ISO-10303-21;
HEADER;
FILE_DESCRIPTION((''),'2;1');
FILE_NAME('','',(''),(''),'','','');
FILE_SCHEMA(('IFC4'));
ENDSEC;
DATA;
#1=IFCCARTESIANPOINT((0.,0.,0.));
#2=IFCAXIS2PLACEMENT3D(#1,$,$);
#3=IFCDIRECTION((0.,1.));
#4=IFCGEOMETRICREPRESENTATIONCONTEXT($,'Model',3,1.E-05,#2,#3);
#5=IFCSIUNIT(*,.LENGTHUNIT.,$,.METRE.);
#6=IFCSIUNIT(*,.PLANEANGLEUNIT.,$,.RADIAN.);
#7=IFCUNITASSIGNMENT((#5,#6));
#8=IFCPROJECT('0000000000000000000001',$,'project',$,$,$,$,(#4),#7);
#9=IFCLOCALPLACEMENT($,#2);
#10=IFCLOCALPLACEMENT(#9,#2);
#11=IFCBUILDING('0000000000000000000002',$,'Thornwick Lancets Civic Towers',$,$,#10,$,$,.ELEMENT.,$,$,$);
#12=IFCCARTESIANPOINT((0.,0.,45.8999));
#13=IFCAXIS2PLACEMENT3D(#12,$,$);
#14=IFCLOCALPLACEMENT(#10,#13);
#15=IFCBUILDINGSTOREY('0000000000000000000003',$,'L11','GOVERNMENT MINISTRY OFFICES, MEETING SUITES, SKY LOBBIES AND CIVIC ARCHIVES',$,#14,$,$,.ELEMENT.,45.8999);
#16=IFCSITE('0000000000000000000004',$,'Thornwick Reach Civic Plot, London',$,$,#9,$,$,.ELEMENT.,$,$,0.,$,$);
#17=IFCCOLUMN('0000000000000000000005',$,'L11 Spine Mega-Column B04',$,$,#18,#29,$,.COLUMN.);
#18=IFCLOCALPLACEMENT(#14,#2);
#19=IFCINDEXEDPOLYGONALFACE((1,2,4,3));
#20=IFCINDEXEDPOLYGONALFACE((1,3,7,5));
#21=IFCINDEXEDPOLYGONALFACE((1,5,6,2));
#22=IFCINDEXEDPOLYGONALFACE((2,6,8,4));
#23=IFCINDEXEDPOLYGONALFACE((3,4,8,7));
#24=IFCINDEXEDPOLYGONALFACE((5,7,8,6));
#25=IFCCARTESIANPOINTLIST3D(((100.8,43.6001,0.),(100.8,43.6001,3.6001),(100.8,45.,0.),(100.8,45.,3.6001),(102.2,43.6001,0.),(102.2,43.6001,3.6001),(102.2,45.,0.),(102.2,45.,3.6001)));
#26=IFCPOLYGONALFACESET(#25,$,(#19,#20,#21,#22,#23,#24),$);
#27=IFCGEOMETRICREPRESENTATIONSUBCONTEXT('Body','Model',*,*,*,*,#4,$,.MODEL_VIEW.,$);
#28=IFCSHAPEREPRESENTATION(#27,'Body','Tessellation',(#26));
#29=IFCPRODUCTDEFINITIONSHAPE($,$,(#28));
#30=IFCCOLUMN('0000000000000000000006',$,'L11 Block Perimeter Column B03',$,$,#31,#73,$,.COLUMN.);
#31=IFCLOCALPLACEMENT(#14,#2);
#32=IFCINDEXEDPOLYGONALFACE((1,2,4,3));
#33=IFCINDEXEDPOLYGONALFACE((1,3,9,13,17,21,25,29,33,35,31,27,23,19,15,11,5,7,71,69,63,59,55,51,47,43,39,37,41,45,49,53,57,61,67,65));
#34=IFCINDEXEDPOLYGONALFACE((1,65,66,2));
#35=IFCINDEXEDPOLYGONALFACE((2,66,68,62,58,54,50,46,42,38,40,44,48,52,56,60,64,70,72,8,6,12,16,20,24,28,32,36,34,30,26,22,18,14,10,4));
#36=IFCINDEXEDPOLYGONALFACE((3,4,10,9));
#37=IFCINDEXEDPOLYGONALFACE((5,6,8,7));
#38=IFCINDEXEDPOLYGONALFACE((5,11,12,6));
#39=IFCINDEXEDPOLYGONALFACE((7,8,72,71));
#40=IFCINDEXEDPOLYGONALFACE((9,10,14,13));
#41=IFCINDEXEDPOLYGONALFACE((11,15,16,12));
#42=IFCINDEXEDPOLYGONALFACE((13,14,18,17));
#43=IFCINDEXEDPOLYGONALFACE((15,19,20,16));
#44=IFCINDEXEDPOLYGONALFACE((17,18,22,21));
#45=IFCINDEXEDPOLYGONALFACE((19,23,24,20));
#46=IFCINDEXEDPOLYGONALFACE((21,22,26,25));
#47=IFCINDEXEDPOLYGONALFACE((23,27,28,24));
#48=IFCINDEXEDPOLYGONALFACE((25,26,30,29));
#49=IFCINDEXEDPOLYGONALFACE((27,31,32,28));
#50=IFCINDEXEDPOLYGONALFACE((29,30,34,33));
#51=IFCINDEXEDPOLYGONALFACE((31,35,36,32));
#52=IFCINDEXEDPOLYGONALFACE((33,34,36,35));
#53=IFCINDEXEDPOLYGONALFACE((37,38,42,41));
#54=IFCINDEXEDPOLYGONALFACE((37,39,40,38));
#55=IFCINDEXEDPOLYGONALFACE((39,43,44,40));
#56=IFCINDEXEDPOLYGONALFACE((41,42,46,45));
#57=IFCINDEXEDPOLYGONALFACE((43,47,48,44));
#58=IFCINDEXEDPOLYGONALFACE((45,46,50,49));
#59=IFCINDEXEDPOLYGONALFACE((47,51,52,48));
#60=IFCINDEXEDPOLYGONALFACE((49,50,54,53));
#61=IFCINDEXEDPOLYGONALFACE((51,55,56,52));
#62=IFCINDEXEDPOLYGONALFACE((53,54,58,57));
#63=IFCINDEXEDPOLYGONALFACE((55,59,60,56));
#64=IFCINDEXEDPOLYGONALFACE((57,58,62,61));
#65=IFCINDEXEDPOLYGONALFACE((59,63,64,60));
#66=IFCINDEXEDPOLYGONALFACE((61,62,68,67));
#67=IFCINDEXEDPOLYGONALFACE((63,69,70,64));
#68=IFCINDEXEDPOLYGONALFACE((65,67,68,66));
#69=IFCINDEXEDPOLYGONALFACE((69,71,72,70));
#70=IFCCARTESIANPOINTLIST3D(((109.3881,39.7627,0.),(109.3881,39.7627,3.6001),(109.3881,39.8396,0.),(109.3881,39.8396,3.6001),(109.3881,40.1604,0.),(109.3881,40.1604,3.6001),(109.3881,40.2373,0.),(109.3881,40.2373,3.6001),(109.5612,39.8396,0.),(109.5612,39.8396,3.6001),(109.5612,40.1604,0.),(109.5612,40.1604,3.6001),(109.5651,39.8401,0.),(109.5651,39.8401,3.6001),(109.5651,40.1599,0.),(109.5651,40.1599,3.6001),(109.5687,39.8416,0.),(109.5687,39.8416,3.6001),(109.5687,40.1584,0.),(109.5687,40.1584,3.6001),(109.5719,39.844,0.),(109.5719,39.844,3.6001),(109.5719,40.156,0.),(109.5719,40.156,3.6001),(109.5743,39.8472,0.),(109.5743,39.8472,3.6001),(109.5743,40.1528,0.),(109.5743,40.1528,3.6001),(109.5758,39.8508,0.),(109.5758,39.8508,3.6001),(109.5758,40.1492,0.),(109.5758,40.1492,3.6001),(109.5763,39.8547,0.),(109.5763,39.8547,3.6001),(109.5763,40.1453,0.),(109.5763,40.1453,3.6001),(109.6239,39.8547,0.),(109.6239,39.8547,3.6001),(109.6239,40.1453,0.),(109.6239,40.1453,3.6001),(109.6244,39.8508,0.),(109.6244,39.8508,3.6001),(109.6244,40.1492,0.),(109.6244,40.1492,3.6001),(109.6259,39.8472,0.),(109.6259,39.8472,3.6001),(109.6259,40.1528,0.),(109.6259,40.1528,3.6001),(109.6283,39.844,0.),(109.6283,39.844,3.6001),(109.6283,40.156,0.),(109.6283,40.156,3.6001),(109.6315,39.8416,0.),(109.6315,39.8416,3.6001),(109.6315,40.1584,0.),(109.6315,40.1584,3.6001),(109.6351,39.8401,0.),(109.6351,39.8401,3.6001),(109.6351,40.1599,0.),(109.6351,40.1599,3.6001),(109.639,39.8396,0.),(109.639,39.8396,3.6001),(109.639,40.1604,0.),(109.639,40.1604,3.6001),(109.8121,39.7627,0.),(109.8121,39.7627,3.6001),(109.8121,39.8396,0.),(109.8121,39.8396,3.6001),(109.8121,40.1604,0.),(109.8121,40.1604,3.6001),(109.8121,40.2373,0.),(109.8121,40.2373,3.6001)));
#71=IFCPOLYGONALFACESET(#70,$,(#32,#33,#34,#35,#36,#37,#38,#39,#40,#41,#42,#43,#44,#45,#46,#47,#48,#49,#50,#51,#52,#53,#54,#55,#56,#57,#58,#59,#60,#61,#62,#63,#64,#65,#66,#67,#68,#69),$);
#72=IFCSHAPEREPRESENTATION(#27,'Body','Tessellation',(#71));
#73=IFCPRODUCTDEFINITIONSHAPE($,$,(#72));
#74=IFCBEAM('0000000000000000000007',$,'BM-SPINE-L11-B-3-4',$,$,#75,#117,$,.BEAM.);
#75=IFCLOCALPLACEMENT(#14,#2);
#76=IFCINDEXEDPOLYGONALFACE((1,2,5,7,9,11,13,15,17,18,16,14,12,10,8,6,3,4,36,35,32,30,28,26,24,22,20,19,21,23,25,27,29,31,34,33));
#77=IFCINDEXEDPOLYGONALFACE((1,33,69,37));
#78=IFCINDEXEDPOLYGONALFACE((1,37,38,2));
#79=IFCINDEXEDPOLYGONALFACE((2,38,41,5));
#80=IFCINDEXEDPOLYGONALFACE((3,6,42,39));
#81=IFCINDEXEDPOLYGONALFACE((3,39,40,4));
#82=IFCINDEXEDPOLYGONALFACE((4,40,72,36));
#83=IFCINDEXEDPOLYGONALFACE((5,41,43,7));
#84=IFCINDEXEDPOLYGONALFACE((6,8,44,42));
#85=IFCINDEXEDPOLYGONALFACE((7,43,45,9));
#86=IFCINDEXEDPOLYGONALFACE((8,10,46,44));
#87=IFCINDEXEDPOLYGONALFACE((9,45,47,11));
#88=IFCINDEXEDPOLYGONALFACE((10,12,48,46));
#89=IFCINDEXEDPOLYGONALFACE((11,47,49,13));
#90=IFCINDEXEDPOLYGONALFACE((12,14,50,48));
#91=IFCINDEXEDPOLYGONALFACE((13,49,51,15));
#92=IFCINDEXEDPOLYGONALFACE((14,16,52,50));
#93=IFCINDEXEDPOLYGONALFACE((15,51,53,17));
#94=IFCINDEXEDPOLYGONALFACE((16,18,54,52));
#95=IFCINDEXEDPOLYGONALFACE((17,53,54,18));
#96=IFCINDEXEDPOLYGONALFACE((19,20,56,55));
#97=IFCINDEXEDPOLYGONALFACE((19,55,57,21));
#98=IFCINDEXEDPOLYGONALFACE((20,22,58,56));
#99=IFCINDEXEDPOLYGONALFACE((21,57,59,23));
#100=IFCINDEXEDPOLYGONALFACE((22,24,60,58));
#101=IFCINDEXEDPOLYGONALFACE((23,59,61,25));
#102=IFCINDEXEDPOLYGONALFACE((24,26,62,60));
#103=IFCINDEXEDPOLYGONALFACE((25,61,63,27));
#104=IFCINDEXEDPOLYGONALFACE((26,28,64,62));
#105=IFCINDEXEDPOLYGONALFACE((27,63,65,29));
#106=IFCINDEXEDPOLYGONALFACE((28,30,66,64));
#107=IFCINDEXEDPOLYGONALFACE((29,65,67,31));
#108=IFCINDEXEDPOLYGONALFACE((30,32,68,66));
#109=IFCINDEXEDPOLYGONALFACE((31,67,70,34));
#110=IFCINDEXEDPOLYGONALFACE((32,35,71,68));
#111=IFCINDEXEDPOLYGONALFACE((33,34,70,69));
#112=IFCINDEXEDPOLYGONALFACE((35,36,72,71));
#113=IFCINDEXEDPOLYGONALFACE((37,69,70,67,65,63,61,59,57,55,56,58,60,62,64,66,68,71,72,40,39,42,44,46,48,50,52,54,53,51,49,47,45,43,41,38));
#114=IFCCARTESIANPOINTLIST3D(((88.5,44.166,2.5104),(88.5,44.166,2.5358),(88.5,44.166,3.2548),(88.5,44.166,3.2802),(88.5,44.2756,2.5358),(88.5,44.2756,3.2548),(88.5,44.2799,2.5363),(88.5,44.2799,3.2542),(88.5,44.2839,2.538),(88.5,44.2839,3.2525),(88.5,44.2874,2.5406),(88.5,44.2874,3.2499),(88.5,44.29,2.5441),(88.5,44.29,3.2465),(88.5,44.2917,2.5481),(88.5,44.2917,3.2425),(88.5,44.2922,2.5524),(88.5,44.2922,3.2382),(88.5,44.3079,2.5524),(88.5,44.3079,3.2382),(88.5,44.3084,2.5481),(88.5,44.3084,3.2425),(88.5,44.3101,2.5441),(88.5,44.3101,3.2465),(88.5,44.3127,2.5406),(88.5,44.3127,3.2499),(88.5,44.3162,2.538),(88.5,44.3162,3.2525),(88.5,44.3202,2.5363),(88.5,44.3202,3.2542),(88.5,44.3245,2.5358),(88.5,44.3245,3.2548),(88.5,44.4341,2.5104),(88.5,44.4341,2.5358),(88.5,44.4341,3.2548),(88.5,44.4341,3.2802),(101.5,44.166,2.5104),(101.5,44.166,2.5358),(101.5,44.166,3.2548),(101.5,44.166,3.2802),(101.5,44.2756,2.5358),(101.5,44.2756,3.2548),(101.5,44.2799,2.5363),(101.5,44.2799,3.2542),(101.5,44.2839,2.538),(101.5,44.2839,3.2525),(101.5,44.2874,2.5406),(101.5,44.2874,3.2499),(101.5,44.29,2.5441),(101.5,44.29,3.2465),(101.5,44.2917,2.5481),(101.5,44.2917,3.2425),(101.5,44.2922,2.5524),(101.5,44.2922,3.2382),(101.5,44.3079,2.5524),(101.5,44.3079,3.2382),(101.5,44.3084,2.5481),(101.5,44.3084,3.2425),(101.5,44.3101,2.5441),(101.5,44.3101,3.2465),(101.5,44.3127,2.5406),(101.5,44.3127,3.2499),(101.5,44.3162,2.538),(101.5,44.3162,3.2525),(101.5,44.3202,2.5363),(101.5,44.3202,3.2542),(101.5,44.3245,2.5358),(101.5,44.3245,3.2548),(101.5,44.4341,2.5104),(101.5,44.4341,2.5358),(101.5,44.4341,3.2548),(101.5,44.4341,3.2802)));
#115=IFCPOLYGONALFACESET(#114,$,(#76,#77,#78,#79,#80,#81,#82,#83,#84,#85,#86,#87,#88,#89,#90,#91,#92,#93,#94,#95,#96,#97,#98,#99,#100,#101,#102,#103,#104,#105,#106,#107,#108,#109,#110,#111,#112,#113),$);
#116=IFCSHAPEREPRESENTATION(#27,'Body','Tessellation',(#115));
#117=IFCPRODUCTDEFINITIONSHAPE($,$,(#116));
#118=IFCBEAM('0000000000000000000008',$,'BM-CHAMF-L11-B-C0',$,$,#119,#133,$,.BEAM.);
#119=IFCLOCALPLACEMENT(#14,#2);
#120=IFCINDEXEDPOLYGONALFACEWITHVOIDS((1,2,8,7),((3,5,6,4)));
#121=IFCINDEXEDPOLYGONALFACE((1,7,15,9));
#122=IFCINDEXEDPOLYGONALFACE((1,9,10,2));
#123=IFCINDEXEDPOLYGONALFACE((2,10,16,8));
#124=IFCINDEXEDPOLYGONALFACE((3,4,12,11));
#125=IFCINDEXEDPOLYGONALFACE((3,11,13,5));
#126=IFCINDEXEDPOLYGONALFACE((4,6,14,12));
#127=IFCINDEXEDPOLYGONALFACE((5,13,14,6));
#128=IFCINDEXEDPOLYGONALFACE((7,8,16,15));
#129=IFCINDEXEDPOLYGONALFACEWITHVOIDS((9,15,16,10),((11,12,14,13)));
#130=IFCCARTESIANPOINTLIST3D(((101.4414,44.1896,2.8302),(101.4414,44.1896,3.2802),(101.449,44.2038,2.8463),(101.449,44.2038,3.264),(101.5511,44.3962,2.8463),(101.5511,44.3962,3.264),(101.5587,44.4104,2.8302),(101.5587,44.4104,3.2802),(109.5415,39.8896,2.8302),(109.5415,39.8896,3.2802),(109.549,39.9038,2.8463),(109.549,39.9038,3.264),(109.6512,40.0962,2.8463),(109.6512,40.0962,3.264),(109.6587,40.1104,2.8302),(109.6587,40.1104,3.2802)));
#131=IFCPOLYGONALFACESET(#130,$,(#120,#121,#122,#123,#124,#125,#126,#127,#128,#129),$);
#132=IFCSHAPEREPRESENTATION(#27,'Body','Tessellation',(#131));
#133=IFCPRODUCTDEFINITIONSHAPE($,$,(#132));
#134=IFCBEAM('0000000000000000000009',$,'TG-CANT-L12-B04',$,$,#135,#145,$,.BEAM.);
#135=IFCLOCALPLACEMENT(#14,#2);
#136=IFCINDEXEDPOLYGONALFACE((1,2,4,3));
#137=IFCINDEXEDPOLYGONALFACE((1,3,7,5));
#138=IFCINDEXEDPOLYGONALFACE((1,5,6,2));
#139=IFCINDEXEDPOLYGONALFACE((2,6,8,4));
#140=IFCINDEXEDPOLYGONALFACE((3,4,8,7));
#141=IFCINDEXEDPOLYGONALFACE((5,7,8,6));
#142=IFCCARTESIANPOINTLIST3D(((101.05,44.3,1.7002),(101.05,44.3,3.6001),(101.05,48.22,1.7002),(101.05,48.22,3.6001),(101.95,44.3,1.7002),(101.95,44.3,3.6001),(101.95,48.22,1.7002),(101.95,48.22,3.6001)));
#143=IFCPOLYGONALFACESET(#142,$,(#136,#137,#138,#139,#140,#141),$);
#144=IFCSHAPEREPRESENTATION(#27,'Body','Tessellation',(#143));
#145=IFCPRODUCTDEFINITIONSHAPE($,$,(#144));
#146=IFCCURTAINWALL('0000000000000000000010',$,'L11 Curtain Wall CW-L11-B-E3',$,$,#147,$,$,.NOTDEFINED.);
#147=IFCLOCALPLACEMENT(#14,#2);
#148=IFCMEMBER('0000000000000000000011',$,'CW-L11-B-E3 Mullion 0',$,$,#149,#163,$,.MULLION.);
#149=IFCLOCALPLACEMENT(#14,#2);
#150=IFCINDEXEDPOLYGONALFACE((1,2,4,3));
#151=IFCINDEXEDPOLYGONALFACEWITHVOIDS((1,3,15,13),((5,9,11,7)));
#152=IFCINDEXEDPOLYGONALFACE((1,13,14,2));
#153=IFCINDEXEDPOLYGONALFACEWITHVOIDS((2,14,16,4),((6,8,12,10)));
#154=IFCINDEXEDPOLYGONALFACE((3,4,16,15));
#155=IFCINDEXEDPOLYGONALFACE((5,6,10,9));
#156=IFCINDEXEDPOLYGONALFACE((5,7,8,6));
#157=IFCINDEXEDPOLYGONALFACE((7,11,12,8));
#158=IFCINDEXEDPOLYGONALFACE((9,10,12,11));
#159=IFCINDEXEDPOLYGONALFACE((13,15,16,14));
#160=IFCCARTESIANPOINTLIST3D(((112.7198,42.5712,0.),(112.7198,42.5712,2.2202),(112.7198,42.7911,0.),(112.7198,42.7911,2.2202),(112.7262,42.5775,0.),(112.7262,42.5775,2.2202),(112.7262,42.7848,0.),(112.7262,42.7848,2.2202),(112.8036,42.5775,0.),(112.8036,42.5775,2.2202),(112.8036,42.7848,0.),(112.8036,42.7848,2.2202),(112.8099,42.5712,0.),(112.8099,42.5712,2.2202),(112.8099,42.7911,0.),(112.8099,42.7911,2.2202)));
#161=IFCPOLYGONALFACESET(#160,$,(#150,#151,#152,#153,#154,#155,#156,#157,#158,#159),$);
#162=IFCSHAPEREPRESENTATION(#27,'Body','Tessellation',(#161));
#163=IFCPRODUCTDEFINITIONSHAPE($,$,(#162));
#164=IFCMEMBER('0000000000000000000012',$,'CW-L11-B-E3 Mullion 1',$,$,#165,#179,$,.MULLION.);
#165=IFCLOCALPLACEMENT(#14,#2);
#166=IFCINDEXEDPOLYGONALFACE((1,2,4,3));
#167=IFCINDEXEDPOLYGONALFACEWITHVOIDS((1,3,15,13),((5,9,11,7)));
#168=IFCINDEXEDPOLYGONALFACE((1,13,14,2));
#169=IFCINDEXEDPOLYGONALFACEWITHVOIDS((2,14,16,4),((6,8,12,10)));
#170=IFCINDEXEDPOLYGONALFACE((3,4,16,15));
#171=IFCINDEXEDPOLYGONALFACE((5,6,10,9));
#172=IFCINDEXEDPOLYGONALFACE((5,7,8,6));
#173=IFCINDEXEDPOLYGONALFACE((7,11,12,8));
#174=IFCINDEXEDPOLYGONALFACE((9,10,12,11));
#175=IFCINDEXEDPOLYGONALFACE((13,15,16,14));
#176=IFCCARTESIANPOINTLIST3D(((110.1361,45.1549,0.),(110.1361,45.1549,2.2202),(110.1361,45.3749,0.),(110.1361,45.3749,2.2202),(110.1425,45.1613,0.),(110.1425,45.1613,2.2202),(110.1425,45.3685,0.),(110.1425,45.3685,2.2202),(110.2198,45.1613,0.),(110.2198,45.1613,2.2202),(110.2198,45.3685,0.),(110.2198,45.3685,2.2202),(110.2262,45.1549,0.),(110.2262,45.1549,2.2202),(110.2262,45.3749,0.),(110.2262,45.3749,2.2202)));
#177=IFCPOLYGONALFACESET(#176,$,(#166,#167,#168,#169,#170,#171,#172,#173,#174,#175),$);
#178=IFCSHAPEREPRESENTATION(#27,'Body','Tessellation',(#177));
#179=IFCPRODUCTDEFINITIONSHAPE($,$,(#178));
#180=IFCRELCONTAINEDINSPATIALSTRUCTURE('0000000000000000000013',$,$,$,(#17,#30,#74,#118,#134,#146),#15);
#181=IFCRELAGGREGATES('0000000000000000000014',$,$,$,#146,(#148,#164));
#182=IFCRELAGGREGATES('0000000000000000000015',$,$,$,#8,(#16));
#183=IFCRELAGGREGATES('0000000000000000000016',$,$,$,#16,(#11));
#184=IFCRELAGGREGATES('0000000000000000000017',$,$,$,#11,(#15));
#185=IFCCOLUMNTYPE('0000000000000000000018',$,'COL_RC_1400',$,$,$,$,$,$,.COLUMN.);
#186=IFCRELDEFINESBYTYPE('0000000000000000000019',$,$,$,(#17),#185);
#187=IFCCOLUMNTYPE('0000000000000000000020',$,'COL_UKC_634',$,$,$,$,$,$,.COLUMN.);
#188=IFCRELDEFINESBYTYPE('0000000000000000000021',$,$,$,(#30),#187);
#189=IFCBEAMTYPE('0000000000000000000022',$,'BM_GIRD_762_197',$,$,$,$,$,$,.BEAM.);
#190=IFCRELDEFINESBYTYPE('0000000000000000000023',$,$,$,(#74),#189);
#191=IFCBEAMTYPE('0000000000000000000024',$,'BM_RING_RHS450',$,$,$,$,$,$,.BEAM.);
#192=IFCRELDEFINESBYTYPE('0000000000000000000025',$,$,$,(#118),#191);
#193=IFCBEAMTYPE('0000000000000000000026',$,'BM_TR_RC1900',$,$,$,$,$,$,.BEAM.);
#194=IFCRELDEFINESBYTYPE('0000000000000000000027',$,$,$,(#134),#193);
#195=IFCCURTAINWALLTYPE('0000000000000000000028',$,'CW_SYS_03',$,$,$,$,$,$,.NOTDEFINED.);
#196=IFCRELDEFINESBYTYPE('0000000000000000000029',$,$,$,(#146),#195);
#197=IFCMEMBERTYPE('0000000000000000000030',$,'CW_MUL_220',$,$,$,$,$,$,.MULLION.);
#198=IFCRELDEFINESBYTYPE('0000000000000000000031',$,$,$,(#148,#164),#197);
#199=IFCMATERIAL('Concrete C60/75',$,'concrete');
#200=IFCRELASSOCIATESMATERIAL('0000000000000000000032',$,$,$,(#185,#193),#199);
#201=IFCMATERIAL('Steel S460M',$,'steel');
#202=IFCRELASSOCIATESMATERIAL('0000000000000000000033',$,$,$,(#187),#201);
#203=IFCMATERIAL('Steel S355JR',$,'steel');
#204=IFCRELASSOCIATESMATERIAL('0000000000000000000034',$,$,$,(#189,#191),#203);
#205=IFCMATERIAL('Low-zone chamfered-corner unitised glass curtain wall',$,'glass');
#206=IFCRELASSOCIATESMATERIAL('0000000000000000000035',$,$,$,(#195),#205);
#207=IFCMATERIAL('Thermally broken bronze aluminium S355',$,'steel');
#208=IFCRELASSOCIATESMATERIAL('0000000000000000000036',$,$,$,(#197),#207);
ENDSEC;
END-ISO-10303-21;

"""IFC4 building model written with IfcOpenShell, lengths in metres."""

from ifc_helpers import new_model, si_unit, direction, frame, origin, origin_2d, place, context, subcontext, project, spatial, rectangle, hollow_rectangle, i_section, extrude, material, material_profile, profile_set, type_object, element, aggregate, save


model = new_model("IFC4")

# Units and contexts
model_context = context("Model", 3, precision=1e-05, world=origin(), true_north=direction((0.0, 1.0)))
body_context = subcontext(model_context, "Body", "Model", "MODEL_VIEW")
ifc_project = project(units=[si_unit("LENGTHUNIT", "METRE"), si_unit("PLANEANGLEUNIT", "RADIAN")], contexts=[model_context])

# Site, building, storey
site_placement = place(None, origin())
site = spatial("IfcSite", under=ifc_project, at=site_placement, Name="Thornwick Reach Civic Plot, London", CompositionType="ELEMENT", RefElevation=0.0)
building_placement = place(site_placement, origin())
building = spatial("IfcBuilding", under=site, at=building_placement, Name="Thornwick Lancets Civic Towers", CompositionType="ELEMENT")
storey_placement = place(building_placement, frame((0.0, 0.0, 45.8999)))
storey = spatial("IfcBuildingStorey", under=building, at=storey_placement, Name="L11", Description="GOVERNMENT MINISTRY OFFICES, MEETING SUITES, SKY LOBBIES AND CIVIC ARCHIVES", CompositionType="ELEMENT", Elevation=45.8999)

# Columns
ifc_material_1 = material(Name="Concrete C60/75", Category="concrete")
ifc_material_profile_1 = material_profile(ifc_material_1, rectangle(XDim=1.3999, YDim=1.3999, at=origin_2d()), Name="RC 1400x1400")
ifc_profile_set_1 = profile_set([ifc_material_profile_1], Name="Concrete C60/75")
column_type_1 = type_object("IfcColumnType", Name="COL_RC_1400", PredefinedType="COLUMN", material=ifc_profile_set_1)
column_1_placement = place(storey_placement, frame((101.5, 44.3, 0.0), z_axis=(0.0, 0.0, 1.0), x_axis=(1.0, 0.0, 0.0)))
element("IfcColumn", 1, at=column_1_placement, inside=storey, type_object=column_type_1, Name="L11 Spine Mega-Column B04", PredefinedType="COLUMN", context=body_context, shape_type="SweptSolid", body=[
    extrude(rectangle(XDim=1.3999, YDim=1.3999, at=origin_2d()), origin(), (0.0, 0.0, 1.0), 3.6001),
])
ifc_material_2 = material(Name="Steel S460M", Category="steel")
ifc_material_profile_2 = material_profile(ifc_material_2, i_section(OverallWidth=0.4241, OverallDepth=0.4746, WebThickness=0.0476, FlangeThickness=0.0769, FilletRadius=0.0151, at=origin_2d()), Name="UKC 356x406x634")
ifc_profile_set_2 = profile_set([ifc_material_profile_2], Name="Steel S460M")
column_type_2 = type_object("IfcColumnType", Name="COL_UKC_634", PredefinedType="COLUMN", material=ifc_profile_set_2)
column_2_placement = place(storey_placement, frame((109.6001, 40.0, 0.0), z_axis=(0.0, 0.0, 1.0), x_axis=(1.0, 0.0, 0.0)))
element("IfcColumn", 2, at=column_2_placement, inside=storey, type_object=column_type_2, Name="L11 Block Perimeter Column B03", PredefinedType="COLUMN", context=body_context, shape_type="SweptSolid", body=[
    extrude(i_section(OverallWidth=0.4241, OverallDepth=0.4746, WebThickness=0.0476, FlangeThickness=0.0769, FilletRadius=0.0151, at=origin_2d()), origin(), (0.0, 0.0, 1.0), 3.6001),
])

# Beams
ifc_material_3 = material(Name="Steel S355JR", Category="steel")
ifc_material_profile_3 = material_profile(ifc_material_3, i_section(OverallWidth=0.2681, OverallDepth=0.7698, WebThickness=0.0156, FlangeThickness=0.0254, FilletRadius=0.0166, at=origin_2d()), Name="UKB 762x267x197")
ifc_profile_set_3 = profile_set([ifc_material_profile_3], Name="Steel S355JR")
beam_type_1 = type_object("IfcBeamType", Name="BM_GIRD_762_197", PredefinedType="BEAM", material=ifc_profile_set_3)
beam_1_placement = place(storey_placement, frame((101.5, 44.3, 2.8953), z_axis=(-1.0, 0.0, 0.0), x_axis=(0.0, -1.0, 0.0)))
element("IfcBeam", 3, at=beam_1_placement, inside=storey, type_object=beam_type_1, Name="BM-SPINE-L11-B-3-4", PredefinedType="BEAM", context=body_context, shape_type="SweptSolid", body=[
    extrude(i_section(OverallWidth=0.2681, OverallDepth=0.7698, WebThickness=0.0156, FlangeThickness=0.0254, FilletRadius=0.0166, at=origin_2d()), origin(), (0.0, 0.0, 1.0), 13.0),
])
ifc_material_profile_4 = material_profile(ifc_material_3, hollow_rectangle(XDim=0.25, YDim=0.45, WallThickness=0.0161, at=origin_2d()), Name="RHS 450x250x16")
ifc_profile_set_4 = profile_set([ifc_material_profile_4], Name="Steel S355JR")
beam_type_2 = type_object("IfcBeamType", Name="BM_RING_RHS450", PredefinedType="BEAM", material=ifc_profile_set_4)
beam_2_placement = place(storey_placement, frame((109.6001, 40.0, 3.0552), z_axis=(-0.883257, 0.468889, 0.0), x_axis=(-0.468889, -0.883257, 0.0)))
element("IfcBeam", 4, at=beam_2_placement, inside=storey, type_object=beam_type_2, Name="BM-CHAMF-L11-B-C0", PredefinedType="BEAM", context=body_context, shape_type="SweptSolid", body=[
    extrude(hollow_rectangle(XDim=0.25, YDim=0.45, WallThickness=0.0161, at=origin_2d()), origin(), (0.0, 0.0, 1.0), 9.1707),
])
ifc_material_profile_5 = material_profile(ifc_material_1, rectangle(XDim=0.8999, YDim=1.8999, at=origin_2d()), Name="RC 900x1900")
ifc_profile_set_5 = profile_set([ifc_material_profile_5], Name="Concrete C60/75")
beam_type_3 = type_object("IfcBeamType", Name="BM_TR_RC1900", PredefinedType="BEAM", material=ifc_profile_set_5)
beam_3_placement = place(storey_placement, frame((101.5, 44.3, 2.6501), z_axis=(0.0, 1.0, 0.0), x_axis=(-1.0, 0.0, 0.0)))
element("IfcBeam", 5, at=beam_3_placement, inside=storey, type_object=beam_type_3, Name="TG-CANT-L12-B04", PredefinedType="BEAM", context=body_context, shape_type="SweptSolid", body=[
    extrude(rectangle(XDim=0.8999, YDim=1.8999, at=origin_2d()), origin(), (0.0, 0.0, 1.0), 3.9199),
])

# Curtain wall, members
ifc_material_4 = material(Name="Low-zone chamfered-corner unitised glass curtain wall", Category="glass")
curtain_wall_type = type_object("IfcCurtainWallType", Name="CW_SYS_03", PredefinedType="NOTDEFINED", material=ifc_material_4)
curtain_wall_placement = place(storey_placement, origin())
curtain_wall = element("IfcCurtainWall", 6, at=curtain_wall_placement, inside=storey, type_object=curtain_wall_type, Name="L11 Curtain Wall CW-L11-B-E3", PredefinedType="NOTDEFINED")
ifc_material_5 = material(Name="Thermally broken bronze aluminium S355", Category="steel")
ifc_material_profile_6 = material_profile(ifc_material_5, hollow_rectangle(XDim=0.0901, YDim=0.22, WallThickness=0.0063, at=origin_2d()), Name="RHS 220x90x6.3")
ifc_profile_set_6 = profile_set([ifc_material_profile_6], Name="Thermally broken bronze aluminium S355")
member_type_1 = type_object("IfcMemberType", Name="CW_MUL_220", PredefinedType="MULLION", material=ifc_profile_set_6)
member_1_placement = place(storey_placement, frame((112.7649, 42.6812, 0.0), z_axis=(0.0, 0.0, 1.0), x_axis=(1.0, 0.0, 0.0)))
member_1 = element("IfcMember", 7, at=member_1_placement, type_object=member_type_1, Name="CW-L11-B-E3 Mullion 0", PredefinedType="MULLION", context=body_context, shape_type="SweptSolid", body=[
    extrude(hollow_rectangle(XDim=0.0901, YDim=0.22, WallThickness=0.0063, at=origin_2d()), origin(), (0.0, 0.0, 1.0), 2.2202),
])
member_2_placement = place(storey_placement, frame((110.1812, 45.2649, 0.0), z_axis=(0.0, 0.0, 1.0), x_axis=(1.0, 0.0, 0.0)))
member_2 = element("IfcMember", 8, at=member_2_placement, type_object=member_type_1, Name="CW-L11-B-E3 Mullion 1", PredefinedType="MULLION", context=body_context, shape_type="SweptSolid", body=[
    extrude(hollow_rectangle(XDim=0.0901, YDim=0.22, WallThickness=0.0063, at=origin_2d()), origin(), (0.0, 0.0, 1.0), 2.2202),
])

aggregate(curtain_wall, [member_1, member_2])

save(model, "model.ifc")
